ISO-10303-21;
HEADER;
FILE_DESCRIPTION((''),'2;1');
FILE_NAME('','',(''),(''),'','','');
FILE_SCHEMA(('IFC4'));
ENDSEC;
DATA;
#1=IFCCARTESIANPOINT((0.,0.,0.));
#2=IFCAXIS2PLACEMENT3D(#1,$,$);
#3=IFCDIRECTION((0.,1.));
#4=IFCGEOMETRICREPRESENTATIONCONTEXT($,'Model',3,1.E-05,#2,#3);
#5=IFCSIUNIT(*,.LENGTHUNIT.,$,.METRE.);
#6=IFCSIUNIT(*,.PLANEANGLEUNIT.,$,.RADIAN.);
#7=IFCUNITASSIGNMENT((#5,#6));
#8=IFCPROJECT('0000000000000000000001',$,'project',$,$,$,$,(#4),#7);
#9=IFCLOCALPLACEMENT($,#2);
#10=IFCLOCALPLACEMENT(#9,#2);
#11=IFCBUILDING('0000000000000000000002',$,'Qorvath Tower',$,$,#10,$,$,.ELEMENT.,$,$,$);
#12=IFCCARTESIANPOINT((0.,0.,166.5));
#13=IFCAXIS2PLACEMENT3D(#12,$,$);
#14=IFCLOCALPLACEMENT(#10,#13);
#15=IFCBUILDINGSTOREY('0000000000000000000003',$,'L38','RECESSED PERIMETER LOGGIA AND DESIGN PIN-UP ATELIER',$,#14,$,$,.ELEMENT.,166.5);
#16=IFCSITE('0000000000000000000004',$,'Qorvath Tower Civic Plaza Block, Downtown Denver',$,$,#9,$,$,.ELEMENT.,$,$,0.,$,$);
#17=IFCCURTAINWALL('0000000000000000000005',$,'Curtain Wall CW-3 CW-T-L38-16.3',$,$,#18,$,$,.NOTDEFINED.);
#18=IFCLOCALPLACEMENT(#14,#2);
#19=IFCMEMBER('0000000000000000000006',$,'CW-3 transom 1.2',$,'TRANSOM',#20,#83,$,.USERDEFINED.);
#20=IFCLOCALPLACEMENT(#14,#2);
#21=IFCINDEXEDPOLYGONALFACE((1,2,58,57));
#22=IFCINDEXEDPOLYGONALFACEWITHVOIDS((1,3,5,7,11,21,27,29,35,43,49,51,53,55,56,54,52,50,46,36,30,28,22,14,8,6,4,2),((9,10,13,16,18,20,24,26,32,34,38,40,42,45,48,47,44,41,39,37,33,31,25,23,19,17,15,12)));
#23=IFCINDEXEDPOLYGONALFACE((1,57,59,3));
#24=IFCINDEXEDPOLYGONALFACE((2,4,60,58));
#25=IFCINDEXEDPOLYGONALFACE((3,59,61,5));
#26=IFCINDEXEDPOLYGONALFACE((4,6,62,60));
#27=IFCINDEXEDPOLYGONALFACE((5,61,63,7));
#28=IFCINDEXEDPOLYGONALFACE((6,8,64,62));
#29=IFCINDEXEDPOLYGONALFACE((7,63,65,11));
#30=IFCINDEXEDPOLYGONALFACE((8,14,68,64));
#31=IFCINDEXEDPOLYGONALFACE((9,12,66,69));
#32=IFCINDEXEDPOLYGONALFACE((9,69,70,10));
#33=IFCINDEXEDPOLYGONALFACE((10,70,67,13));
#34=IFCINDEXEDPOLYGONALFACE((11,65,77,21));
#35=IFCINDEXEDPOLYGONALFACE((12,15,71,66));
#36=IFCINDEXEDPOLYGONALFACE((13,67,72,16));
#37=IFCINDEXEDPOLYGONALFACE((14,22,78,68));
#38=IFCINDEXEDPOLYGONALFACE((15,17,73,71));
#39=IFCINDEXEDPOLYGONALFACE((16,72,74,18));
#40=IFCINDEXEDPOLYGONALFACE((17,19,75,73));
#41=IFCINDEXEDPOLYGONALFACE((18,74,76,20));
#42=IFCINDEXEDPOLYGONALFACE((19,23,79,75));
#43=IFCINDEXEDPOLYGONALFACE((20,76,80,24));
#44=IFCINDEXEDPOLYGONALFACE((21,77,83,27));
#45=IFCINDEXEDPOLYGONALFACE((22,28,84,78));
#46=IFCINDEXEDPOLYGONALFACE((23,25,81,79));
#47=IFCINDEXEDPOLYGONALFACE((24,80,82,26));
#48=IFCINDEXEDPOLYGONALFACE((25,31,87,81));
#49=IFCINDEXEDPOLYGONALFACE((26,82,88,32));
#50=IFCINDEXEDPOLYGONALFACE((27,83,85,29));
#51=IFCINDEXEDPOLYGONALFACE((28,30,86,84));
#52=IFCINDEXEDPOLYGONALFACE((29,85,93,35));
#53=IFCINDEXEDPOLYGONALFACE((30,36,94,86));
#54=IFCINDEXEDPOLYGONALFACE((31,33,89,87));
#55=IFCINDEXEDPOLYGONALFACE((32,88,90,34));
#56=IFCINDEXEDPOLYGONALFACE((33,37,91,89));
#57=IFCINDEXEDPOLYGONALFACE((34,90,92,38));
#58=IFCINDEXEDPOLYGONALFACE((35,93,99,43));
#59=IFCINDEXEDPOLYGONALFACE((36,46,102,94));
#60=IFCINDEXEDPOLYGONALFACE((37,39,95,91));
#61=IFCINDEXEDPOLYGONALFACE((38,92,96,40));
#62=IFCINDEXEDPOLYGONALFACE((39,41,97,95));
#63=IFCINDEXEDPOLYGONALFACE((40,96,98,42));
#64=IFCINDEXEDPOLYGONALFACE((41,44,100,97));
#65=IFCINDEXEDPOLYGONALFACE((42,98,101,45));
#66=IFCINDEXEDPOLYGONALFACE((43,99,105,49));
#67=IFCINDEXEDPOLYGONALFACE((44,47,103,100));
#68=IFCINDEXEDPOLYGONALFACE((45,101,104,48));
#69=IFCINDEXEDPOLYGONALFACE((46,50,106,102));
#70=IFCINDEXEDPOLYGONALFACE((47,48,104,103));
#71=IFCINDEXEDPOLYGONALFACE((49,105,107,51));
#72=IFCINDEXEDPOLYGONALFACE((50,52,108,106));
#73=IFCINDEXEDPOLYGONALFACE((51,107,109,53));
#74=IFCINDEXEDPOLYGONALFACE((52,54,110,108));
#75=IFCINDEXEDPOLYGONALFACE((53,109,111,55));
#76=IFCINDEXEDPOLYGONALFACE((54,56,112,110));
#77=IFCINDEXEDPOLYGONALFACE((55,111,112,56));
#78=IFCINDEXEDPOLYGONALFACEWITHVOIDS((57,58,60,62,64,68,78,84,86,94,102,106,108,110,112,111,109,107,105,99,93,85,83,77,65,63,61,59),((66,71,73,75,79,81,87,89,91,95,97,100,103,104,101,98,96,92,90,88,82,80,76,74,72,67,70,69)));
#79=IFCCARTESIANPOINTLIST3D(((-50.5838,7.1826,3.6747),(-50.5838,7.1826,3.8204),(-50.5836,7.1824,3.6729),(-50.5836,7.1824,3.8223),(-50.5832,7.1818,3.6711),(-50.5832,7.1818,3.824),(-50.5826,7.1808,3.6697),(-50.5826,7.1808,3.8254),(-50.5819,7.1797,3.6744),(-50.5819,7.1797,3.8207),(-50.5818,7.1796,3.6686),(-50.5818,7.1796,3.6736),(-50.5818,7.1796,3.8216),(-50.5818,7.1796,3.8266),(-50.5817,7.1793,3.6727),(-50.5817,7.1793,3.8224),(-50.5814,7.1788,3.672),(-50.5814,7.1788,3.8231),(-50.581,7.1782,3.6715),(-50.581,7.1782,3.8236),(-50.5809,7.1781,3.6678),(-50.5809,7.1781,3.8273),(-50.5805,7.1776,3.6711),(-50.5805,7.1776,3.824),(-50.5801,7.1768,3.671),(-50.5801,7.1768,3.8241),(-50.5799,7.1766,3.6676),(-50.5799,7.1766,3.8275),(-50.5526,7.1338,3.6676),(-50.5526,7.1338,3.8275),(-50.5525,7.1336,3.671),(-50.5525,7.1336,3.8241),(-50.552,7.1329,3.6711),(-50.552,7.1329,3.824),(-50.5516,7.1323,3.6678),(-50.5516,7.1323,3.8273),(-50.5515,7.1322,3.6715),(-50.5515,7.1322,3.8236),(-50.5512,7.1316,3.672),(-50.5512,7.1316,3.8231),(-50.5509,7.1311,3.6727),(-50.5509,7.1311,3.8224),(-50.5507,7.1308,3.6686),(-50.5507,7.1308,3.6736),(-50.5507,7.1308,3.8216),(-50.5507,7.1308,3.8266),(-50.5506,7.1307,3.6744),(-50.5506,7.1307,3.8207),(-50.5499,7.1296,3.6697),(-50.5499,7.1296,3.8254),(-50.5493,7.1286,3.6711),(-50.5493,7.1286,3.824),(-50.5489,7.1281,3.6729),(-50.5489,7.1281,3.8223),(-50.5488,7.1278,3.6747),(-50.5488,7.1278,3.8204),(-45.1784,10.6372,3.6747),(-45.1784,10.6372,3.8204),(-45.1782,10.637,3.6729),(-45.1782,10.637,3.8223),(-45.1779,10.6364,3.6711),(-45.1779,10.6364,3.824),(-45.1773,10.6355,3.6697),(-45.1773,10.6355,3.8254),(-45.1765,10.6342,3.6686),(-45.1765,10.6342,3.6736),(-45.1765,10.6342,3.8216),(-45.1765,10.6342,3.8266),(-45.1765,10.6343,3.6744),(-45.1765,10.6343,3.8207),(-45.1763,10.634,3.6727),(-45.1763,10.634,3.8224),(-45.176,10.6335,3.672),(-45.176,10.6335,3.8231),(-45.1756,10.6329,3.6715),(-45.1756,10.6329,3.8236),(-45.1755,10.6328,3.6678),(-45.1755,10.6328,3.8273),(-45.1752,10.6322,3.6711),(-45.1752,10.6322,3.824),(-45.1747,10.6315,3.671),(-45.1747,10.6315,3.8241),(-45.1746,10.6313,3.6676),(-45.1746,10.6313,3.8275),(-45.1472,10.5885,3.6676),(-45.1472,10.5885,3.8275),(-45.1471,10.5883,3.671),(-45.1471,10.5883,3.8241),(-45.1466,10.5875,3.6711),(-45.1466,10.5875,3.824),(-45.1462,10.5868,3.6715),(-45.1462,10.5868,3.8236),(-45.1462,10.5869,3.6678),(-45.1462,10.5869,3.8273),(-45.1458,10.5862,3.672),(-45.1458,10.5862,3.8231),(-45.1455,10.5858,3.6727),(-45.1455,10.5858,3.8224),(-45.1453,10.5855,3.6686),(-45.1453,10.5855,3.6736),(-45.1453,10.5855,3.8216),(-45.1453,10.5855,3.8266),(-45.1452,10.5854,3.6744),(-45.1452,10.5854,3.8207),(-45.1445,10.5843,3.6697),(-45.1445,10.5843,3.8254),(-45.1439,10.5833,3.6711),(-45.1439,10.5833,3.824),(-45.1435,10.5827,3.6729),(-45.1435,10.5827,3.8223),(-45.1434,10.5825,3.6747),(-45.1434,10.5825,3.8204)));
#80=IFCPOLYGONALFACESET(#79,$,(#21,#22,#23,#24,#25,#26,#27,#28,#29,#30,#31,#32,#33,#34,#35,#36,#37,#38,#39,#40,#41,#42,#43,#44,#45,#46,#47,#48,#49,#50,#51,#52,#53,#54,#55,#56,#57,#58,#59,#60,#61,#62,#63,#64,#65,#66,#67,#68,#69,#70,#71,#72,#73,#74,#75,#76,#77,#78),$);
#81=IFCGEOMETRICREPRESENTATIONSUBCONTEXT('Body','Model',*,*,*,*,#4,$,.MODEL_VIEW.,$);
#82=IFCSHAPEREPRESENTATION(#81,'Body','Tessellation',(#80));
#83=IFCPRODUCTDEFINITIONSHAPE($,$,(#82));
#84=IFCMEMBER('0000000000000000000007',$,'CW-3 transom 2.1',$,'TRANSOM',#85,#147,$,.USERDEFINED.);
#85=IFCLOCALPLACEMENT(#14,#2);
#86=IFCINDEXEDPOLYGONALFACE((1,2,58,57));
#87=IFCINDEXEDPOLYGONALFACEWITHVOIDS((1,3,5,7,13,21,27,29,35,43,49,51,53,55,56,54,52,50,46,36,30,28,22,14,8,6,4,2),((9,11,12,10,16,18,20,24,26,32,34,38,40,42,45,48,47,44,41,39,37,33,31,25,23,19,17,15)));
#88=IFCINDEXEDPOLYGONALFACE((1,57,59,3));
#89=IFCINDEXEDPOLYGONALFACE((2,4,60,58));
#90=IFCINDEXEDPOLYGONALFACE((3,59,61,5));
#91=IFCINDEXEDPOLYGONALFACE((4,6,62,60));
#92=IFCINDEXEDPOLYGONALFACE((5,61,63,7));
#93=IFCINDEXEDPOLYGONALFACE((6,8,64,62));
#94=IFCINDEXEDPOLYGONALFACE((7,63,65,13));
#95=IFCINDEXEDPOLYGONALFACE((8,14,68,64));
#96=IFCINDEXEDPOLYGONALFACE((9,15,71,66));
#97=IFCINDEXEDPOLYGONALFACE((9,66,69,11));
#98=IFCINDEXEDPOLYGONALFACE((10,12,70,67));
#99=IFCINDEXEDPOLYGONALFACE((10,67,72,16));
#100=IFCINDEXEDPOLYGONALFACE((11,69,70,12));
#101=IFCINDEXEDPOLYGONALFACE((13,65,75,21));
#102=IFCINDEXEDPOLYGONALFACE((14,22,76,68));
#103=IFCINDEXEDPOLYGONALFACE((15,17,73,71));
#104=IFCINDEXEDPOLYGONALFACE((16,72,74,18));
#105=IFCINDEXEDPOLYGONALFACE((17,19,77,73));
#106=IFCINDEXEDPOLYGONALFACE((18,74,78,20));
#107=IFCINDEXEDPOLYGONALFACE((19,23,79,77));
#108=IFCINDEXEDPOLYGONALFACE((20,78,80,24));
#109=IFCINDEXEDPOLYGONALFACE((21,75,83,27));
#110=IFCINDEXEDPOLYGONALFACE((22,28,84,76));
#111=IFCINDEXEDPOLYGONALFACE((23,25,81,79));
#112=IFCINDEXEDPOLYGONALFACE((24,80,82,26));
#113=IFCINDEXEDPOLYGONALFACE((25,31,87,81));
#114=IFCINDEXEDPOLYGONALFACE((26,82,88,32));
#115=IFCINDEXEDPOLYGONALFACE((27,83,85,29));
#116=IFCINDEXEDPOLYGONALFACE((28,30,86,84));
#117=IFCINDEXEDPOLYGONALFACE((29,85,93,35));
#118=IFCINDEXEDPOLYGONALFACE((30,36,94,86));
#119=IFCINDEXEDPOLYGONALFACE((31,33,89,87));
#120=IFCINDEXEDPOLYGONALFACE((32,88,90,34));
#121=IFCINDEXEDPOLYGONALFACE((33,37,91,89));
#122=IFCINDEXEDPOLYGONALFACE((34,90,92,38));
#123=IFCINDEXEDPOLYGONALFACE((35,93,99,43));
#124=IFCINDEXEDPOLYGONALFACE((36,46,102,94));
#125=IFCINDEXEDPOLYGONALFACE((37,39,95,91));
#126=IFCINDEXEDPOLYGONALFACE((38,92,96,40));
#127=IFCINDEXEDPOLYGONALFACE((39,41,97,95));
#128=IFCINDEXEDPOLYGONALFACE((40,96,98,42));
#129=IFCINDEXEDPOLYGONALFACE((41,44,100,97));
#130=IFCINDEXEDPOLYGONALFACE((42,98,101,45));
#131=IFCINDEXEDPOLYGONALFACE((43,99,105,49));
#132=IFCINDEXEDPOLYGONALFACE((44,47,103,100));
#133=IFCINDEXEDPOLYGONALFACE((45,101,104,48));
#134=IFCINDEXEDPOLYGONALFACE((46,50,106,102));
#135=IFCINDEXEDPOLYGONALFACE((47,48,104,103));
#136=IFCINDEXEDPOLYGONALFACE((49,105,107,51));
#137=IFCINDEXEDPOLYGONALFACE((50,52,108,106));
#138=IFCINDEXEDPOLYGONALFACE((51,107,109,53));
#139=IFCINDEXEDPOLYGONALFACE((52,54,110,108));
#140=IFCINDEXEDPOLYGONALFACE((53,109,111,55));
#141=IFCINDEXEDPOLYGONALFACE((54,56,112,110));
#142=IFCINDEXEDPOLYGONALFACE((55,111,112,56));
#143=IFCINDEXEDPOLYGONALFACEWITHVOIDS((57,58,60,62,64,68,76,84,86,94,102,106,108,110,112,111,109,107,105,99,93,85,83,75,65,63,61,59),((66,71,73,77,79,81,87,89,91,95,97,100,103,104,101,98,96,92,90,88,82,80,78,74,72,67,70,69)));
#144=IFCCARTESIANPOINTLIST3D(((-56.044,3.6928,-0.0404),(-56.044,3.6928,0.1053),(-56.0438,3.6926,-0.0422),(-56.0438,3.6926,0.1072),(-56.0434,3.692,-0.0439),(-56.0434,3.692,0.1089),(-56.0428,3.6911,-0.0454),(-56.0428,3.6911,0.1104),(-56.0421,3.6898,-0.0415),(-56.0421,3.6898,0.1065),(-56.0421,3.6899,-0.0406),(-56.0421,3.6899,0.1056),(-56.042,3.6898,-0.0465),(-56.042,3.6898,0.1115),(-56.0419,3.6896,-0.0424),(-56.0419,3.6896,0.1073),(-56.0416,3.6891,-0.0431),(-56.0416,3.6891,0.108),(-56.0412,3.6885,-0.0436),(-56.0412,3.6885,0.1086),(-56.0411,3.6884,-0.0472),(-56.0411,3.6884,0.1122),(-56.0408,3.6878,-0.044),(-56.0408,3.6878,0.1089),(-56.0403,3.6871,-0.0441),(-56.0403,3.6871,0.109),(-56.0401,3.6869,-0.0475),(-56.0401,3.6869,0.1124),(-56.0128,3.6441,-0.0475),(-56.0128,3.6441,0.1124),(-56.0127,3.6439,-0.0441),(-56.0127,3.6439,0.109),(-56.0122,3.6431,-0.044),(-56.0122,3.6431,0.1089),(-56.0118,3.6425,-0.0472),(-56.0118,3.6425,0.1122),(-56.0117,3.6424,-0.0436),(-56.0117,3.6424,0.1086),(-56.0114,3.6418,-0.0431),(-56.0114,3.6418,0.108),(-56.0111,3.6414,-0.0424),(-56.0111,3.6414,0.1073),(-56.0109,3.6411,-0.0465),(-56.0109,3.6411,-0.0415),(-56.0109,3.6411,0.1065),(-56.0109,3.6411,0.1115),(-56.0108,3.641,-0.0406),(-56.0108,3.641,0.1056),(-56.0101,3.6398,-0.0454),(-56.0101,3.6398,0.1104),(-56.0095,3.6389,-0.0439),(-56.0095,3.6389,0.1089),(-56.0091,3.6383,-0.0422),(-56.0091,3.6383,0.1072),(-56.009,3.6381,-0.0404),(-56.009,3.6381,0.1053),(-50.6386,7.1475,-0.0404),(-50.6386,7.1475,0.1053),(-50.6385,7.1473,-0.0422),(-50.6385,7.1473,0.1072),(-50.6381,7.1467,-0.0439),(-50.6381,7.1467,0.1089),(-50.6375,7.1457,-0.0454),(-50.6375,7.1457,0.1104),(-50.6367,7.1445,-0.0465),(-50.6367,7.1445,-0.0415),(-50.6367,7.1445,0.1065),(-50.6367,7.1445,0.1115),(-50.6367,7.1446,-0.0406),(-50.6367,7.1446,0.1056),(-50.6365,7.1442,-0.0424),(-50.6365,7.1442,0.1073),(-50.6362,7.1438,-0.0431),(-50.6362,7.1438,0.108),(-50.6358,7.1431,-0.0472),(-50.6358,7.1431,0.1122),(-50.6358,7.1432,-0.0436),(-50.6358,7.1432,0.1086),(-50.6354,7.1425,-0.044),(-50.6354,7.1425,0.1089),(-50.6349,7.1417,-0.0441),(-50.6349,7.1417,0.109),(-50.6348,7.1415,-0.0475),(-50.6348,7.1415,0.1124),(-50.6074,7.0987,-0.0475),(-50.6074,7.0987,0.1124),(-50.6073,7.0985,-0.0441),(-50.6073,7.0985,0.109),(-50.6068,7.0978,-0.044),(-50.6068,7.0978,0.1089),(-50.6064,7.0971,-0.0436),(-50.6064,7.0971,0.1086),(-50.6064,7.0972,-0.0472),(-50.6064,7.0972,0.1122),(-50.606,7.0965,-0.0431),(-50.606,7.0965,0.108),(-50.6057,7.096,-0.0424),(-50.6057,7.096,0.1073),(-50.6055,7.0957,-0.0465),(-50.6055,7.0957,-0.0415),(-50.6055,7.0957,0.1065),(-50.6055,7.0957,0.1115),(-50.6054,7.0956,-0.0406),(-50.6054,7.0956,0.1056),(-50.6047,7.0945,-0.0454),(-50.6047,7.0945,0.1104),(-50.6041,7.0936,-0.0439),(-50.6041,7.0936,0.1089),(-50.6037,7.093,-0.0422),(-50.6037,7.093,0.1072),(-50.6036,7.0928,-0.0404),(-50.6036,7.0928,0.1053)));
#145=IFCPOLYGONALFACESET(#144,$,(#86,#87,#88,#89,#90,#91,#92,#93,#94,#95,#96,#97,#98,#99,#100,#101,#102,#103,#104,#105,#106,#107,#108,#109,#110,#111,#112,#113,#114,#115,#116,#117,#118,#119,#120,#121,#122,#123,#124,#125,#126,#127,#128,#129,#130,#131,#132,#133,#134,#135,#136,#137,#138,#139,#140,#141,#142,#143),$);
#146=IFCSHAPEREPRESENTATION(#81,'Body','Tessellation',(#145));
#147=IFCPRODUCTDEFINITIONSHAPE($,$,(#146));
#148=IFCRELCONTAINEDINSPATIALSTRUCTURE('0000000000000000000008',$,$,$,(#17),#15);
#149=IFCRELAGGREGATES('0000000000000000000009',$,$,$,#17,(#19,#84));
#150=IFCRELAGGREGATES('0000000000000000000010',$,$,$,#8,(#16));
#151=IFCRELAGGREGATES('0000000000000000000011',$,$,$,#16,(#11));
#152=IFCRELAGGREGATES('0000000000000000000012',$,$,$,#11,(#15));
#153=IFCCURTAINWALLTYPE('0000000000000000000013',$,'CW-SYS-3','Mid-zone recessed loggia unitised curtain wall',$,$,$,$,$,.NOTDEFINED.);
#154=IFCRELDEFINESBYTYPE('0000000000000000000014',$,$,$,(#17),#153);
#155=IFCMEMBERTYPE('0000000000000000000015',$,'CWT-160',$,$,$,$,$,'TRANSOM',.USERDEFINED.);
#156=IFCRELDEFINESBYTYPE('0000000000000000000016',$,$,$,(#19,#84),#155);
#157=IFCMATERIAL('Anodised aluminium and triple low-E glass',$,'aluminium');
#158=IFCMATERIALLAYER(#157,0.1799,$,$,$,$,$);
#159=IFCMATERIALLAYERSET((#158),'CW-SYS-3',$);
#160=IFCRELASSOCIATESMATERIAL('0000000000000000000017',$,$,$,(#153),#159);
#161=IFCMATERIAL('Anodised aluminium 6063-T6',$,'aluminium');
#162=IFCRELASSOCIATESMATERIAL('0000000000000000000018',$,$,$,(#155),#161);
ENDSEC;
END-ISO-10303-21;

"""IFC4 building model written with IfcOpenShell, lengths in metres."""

from ifc_helpers import new_model, si_unit, direction, frame, origin, origin_2d, place, context, subcontext, project, spatial, hollow_rectangle, extrude, material, layer, layer_set, material_profile, profile_set, type_object, element, aggregate, save


model = new_model("IFC4")

# Units and contexts
model_context = context("Model", 3, precision=1e-05, world=origin(), true_north=direction((0.0, 1.0)))
body_context = subcontext(model_context, "Body", "Model", "MODEL_VIEW")
ifc_project = project(units=[si_unit("LENGTHUNIT", "METRE"), si_unit("PLANEANGLEUNIT", "RADIAN")], contexts=[model_context])

# Site, building, storey
site_placement = place(None, origin())
site = spatial("IfcSite", under=ifc_project, at=site_placement, Name="Qorvath Tower Civic Plaza Block, Downtown Denver", CompositionType="ELEMENT", RefElevation=0.0)
building_placement = place(site_placement, origin())
building = spatial("IfcBuilding", under=site, at=building_placement, Name="Qorvath Tower", CompositionType="ELEMENT")
storey_placement = place(building_placement, frame((0.0, 0.0, 166.5)))
storey = spatial("IfcBuildingStorey", under=building, at=storey_placement, Name="L38", Description="RECESSED PERIMETER LOGGIA AND DESIGN PIN-UP ATELIER", CompositionType="ELEMENT", Elevation=166.5)

# Curtain wall
ifc_material_1 = material(Name="Anodised aluminium and triple low-E glass", Category="aluminium")
ifc_layer_1 = layer(ifc_material_1, 0.1799)
ifc_layer_set_1 = layer_set([ifc_layer_1], Name="CW-SYS-3")
curtain_wall_type = type_object("IfcCurtainWallType", Name="CW-SYS-3", Description="Mid-zone recessed loggia unitised curtain wall", PredefinedType="NOTDEFINED", material=ifc_layer_set_1)
curtain_wall_1_placement = place(storey_placement, origin())
curtain_wall_1 = element("IfcCurtainWall", 1, at=curtain_wall_1_placement, inside=storey, type_object=curtain_wall_type, Name="Curtain Wall CW-3 CW-T-L38-16.3", PredefinedType="NOTDEFINED")

# Members
ifc_material_2 = material(Name="Anodised aluminium 6063-T6", Category="aluminium")
ifc_material_profile_1 = material_profile(ifc_material_2, hollow_rectangle(XDim=0.0649, YDim=0.1599, WallThickness=0.0034, InnerFilletRadius=0.0034, OuterFilletRadius=0.0071, at=origin_2d()), Name="CWT 160x65")
ifc_profile_set_1 = profile_set([ifc_material_profile_1], Name="Anodised aluminium 6063-T6")
member_type_1 = type_object("IfcMemberType", Name="CWT-160", ElementType="TRANSOM", PredefinedType="USERDEFINED", material=ifc_profile_set_1)
member_1_placement = place(storey_placement, frame((-45.1609, 10.6099, 3.7476), z_axis=(-0.84261, -0.538524, 0.0), x_axis=(0.538524, -0.84261, 0.0)))
member_1 = element("IfcMember", 2, at=member_1_placement, type_object=member_type_1, Name="CW-3 transom 1.2", ObjectType="TRANSOM", PredefinedType="USERDEFINED", context=body_context, shape_type="SweptSolid", body=[
    extrude(hollow_rectangle(XDim=0.0649, YDim=0.1599, WallThickness=0.0034, InnerFilletRadius=0.0034, OuterFilletRadius=0.0071, at=origin_2d()), origin(), (0.0, 0.0, 1.0), 6.415),
])
member_2_placement = place(storey_placement, frame((-50.6211, 7.1201, 0.0325), z_axis=(-0.84261, -0.538524, 0.0), x_axis=(0.538524, -0.84261, 0.0)))
member_2 = element("IfcMember", 3, at=member_2_placement, type_object=member_type_1, Name="CW-3 transom 2.1", ObjectType="TRANSOM", PredefinedType="USERDEFINED", context=body_context, shape_type="SweptSolid", body=[
    extrude(hollow_rectangle(XDim=0.0649, YDim=0.1599, WallThickness=0.0034, InnerFilletRadius=0.0034, OuterFilletRadius=0.0071, at=origin_2d()), origin(), (0.0, 0.0, 1.0), 6.415),
])

aggregate(curtain_wall_1, [member_1, member_2])

save(model, "model.ifc")
